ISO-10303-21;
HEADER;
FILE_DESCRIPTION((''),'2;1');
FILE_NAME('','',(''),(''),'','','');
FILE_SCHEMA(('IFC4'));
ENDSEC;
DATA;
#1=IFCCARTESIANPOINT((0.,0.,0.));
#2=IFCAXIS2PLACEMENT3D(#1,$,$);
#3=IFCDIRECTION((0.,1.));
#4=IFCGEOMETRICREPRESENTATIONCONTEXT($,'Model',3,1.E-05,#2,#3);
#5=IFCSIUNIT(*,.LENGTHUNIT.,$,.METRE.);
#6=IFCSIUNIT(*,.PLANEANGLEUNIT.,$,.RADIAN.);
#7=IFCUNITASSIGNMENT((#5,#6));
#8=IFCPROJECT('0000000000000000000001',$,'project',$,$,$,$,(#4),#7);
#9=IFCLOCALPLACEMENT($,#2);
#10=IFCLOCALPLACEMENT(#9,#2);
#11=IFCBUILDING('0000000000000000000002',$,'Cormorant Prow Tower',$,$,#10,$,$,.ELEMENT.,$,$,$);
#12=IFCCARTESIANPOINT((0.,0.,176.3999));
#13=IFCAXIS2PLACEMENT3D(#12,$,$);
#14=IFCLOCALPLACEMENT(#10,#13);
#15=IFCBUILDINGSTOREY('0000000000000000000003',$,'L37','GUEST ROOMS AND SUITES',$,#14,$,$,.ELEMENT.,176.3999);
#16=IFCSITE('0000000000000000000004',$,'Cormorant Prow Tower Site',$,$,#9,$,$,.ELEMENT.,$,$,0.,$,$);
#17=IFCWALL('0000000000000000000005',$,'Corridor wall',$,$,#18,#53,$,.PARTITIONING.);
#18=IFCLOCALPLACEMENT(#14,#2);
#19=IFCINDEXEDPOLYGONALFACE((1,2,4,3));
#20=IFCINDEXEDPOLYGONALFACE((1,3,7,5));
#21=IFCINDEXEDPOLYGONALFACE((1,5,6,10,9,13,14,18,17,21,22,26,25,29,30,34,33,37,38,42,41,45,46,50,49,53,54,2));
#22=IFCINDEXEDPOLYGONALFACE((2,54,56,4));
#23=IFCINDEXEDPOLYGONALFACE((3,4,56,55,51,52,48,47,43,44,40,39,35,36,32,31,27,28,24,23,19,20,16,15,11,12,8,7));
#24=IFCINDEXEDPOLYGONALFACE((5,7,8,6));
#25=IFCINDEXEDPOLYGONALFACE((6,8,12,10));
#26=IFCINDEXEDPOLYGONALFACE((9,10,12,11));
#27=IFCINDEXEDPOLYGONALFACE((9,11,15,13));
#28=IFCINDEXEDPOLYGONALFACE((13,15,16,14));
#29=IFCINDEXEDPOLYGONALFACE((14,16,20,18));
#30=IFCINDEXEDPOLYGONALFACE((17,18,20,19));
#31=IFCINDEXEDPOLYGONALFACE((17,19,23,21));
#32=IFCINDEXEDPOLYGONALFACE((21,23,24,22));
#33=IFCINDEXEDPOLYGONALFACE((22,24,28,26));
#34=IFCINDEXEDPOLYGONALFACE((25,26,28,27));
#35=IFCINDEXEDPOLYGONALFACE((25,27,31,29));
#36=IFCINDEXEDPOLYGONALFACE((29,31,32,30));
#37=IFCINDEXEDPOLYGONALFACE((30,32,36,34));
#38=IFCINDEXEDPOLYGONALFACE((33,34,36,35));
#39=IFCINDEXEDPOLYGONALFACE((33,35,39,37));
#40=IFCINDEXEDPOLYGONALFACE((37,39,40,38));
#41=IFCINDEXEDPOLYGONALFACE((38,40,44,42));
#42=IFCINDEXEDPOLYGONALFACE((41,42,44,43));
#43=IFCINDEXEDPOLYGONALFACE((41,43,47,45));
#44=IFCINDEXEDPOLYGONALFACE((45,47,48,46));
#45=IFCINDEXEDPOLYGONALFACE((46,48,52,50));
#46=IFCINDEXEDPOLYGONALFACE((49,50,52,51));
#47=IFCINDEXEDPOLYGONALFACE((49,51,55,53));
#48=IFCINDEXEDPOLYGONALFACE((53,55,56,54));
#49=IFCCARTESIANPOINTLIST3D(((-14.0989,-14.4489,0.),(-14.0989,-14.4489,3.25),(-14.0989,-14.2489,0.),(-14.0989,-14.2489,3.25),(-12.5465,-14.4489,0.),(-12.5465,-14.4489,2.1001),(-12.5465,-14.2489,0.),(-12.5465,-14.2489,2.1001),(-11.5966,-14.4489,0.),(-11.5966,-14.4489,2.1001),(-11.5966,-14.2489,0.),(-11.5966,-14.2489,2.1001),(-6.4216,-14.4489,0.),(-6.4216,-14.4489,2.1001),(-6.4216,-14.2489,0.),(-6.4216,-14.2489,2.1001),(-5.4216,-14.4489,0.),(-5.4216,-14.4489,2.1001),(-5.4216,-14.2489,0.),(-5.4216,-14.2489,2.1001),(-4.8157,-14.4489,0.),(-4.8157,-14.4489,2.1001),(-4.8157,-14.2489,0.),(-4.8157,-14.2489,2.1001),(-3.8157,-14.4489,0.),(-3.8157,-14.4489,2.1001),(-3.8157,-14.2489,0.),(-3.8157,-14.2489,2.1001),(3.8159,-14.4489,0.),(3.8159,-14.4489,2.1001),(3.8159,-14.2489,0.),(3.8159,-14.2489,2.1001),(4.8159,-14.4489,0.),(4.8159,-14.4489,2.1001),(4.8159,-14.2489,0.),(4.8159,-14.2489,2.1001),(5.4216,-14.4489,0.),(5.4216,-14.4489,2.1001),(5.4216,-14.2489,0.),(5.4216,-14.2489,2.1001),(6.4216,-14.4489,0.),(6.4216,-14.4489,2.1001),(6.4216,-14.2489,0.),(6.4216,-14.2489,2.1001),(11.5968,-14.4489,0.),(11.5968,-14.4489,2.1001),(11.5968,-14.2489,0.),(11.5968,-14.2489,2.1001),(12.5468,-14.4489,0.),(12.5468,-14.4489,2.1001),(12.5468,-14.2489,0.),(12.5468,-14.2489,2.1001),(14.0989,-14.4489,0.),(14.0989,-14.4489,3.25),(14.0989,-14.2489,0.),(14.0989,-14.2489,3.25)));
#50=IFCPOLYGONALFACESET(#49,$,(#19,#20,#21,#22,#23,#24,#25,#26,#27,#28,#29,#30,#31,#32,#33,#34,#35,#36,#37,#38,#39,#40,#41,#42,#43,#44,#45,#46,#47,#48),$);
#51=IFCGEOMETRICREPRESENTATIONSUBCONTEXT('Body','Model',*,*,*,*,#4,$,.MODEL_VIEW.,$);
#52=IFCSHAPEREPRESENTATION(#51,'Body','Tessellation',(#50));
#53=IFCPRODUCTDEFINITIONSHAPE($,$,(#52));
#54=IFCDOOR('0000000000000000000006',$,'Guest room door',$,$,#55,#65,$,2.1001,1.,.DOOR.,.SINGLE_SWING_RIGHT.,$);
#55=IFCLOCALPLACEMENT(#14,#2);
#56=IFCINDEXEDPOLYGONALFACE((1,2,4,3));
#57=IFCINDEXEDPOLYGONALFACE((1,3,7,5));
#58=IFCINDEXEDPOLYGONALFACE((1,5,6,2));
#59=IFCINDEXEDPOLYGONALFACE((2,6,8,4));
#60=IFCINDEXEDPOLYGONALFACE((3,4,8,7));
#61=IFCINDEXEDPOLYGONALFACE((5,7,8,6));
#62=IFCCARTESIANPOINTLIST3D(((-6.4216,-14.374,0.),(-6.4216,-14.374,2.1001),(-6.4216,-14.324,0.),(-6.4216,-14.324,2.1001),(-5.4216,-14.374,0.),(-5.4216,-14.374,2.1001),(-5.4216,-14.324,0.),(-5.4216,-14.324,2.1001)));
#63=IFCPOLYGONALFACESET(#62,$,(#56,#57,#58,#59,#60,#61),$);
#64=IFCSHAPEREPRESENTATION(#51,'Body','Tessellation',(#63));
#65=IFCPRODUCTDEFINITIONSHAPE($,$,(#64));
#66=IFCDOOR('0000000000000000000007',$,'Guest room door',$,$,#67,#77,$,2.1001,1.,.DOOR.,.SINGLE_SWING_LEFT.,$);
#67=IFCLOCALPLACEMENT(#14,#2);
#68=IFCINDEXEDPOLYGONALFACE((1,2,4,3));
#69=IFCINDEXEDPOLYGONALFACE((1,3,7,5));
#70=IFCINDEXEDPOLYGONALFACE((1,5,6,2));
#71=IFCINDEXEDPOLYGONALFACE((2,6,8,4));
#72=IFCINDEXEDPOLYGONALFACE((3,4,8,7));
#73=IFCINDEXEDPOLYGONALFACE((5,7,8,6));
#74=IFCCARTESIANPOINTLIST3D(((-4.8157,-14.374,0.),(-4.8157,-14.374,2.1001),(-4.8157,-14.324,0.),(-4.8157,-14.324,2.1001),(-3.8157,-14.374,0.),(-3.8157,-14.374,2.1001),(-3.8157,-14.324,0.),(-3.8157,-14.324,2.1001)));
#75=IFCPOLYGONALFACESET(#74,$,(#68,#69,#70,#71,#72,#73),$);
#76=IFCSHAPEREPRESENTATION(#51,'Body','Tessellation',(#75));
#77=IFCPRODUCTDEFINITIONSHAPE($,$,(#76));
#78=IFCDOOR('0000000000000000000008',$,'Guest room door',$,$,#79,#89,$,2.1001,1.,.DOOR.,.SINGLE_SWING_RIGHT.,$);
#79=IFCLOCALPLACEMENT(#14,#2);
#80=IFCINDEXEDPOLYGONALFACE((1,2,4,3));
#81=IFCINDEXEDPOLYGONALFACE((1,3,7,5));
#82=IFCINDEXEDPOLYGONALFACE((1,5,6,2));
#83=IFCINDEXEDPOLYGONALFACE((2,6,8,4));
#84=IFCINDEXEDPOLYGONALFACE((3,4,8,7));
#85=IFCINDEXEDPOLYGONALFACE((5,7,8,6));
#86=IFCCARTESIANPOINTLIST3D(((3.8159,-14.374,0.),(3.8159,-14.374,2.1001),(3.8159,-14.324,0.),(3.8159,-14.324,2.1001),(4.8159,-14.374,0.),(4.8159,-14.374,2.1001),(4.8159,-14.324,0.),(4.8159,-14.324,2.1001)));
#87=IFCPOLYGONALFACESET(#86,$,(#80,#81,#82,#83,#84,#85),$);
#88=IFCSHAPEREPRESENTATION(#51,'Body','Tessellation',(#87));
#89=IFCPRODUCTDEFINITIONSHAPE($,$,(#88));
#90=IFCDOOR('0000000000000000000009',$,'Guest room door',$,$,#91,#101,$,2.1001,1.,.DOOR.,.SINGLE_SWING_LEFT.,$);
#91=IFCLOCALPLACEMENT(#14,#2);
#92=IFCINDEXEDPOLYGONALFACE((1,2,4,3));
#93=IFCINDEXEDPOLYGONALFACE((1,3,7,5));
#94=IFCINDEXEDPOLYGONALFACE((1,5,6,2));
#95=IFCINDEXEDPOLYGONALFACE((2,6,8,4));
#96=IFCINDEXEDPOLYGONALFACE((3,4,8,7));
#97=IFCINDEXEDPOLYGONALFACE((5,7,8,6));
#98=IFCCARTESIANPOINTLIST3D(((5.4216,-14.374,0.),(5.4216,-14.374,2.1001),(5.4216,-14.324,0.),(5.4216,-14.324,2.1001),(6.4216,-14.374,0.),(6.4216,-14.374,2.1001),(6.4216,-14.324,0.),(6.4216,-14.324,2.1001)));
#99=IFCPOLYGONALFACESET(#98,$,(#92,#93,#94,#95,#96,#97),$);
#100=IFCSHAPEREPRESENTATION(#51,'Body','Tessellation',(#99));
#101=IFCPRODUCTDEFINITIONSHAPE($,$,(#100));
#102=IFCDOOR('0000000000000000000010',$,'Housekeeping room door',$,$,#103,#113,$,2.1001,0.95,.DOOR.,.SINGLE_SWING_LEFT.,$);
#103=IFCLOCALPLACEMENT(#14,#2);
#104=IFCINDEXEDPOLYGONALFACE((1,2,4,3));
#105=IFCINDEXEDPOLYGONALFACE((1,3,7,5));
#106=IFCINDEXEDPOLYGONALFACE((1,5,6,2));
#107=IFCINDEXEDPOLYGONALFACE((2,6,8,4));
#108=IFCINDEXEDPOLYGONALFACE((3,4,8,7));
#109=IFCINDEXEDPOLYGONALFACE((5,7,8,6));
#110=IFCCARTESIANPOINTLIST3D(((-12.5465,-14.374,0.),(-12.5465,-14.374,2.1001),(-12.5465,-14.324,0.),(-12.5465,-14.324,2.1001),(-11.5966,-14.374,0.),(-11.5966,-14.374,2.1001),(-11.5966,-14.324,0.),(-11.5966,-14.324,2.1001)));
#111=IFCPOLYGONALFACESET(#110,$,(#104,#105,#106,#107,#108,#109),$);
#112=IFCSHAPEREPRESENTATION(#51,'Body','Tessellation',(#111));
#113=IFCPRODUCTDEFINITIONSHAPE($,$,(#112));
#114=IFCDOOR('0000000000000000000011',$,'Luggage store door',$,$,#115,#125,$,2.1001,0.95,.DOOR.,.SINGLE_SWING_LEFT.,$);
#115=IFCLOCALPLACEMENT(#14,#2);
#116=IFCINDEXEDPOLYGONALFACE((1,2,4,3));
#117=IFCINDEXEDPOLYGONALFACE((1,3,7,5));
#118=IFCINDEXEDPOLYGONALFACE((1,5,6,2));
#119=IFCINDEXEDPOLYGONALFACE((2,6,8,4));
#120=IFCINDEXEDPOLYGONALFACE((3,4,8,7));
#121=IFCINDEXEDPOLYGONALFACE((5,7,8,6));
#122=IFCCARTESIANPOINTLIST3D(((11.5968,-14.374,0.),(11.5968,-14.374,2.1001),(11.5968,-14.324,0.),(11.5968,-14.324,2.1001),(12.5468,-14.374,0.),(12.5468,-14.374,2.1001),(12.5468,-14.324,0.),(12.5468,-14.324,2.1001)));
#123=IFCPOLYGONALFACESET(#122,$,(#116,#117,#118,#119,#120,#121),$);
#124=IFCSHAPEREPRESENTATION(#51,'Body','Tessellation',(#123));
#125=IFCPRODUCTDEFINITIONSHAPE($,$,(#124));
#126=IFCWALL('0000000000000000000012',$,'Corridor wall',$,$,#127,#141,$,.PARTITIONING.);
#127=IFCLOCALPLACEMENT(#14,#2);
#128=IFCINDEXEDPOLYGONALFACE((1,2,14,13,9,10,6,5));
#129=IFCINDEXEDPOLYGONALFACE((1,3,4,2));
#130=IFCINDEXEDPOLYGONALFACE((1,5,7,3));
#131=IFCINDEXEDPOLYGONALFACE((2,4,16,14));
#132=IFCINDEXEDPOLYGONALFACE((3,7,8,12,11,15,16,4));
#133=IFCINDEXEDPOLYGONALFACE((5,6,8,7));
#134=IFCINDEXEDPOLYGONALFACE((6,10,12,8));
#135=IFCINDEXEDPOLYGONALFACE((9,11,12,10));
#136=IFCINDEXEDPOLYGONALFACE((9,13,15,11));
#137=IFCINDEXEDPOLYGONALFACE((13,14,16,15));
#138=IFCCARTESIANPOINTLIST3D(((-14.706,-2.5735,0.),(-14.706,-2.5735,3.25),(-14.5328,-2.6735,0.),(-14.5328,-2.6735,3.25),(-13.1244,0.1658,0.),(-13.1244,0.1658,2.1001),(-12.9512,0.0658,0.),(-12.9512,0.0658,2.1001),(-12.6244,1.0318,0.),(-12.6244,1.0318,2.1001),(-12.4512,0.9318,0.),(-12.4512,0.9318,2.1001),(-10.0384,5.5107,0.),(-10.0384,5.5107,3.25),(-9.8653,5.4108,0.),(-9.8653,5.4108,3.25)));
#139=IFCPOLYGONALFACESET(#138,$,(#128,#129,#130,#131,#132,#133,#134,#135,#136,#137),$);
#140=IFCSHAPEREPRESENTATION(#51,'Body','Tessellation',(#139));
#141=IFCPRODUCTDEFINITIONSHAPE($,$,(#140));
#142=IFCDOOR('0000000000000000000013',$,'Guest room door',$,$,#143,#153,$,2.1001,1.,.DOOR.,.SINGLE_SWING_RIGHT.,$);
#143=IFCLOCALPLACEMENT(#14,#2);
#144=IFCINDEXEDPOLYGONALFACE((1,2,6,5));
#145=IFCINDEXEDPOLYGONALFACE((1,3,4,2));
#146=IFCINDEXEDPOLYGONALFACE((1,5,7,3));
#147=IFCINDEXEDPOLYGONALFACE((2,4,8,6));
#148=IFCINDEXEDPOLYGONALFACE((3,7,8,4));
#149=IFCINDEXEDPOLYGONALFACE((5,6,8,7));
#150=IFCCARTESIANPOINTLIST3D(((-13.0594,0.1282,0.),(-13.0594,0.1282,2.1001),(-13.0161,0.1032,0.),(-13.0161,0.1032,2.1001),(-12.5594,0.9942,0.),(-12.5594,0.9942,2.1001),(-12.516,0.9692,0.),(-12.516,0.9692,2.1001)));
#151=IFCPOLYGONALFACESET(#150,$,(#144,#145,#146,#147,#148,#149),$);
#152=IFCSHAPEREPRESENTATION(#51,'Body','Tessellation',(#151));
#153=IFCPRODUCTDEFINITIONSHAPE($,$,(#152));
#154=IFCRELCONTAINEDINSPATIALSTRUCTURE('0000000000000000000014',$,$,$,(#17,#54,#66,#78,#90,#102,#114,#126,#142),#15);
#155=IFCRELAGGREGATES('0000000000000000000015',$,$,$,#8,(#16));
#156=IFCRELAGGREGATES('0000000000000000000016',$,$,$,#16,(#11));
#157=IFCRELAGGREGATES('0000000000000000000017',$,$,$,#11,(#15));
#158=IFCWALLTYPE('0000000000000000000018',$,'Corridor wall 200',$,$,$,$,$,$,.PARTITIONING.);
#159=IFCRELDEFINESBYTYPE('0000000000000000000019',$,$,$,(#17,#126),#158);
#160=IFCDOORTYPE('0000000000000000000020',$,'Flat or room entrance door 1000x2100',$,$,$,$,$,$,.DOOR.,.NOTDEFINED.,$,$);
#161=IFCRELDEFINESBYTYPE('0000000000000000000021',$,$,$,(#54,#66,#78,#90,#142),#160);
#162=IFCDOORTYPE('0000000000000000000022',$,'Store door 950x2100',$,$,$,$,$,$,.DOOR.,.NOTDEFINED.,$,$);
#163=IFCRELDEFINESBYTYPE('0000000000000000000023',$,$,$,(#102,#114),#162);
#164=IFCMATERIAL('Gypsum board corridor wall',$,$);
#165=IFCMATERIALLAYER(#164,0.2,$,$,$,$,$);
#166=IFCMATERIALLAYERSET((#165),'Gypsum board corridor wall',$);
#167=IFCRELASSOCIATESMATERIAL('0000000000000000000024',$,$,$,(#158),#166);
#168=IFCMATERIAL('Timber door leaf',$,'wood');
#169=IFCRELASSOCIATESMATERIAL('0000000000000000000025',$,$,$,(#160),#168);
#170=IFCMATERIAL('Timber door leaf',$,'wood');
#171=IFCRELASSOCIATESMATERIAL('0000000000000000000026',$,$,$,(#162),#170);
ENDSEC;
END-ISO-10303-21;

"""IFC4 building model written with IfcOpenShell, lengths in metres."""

from ifc_helpers import new_model, si_unit, direction, frame, frame_2d, origin, place, context, subcontext, project, spatial, rectangle, extrude, material, layer, layer_set, type_object, element, fill, save


model = new_model("IFC4")

# Units and contexts
model_context = context("Model", 3, precision=1e-05, world=origin(), true_north=direction((0.0, 1.0)))
body_context = subcontext(model_context, "Body", "Model", "MODEL_VIEW")
ifc_project = project(units=[si_unit("LENGTHUNIT", "METRE"), si_unit("PLANEANGLEUNIT", "RADIAN")], contexts=[model_context])

# Site, building, storey
site_placement = place(None, origin())
site = spatial("IfcSite", under=ifc_project, at=site_placement, Name="Cormorant Prow Tower Site", CompositionType="ELEMENT", RefElevation=0.0)
building_placement = place(site_placement, origin())
building = spatial("IfcBuilding", under=site, at=building_placement, Name="Cormorant Prow Tower", CompositionType="ELEMENT")
storey_placement = place(building_placement, frame((0.0, 0.0, 176.3999)))
storey = spatial("IfcBuildingStorey", under=building, at=storey_placement, Name="L37", Description="GUEST ROOMS AND SUITES", CompositionType="ELEMENT", Elevation=176.3999)

# Wall, openings, doors
ifc_material_1 = material(Name="Gypsum board corridor wall")
ifc_layer_1 = layer(ifc_material_1, 0.2)
ifc_layer_set_1 = layer_set([ifc_layer_1], Name="Gypsum board corridor wall")
wall_type_1 = type_object("IfcWallType", Name="Corridor wall 200", PredefinedType="PARTITIONING", material=ifc_layer_set_1)
wall_1_placement = place(storey_placement, frame((-14.0989, -14.3489, 0.0), z_axis=(0.0, 0.0, 1.0), x_axis=(1.0, 0.0, 0.0)))
wall_1 = element("IfcWall", 1, at=wall_1_placement, inside=storey, type_object=wall_type_1, Name="Corridor wall", PredefinedType="PARTITIONING", context=body_context, shape_type="SweptSolid", body=[
    extrude(rectangle(XDim=28.1978, YDim=0.2, at=frame_2d((14.0989, 0.0))), origin(), (0.0, 0.0, 1.0), 3.25),
])
opening_1_placement = place(wall_1_placement, frame((1.5522, 0.0, 0.0)))
opening_1 = element("IfcOpeningElement", 2, at=opening_1_placement, cuts=wall_1, PredefinedType="OPENING", context=body_context, shape_type="SweptSolid", body=[
    extrude(rectangle(XDim=0.95, YDim=2.1001, at=frame_2d((0.4751, 1.05))), frame((0.0, 0.1099, 0.0), z_axis=(0.0, -1.0, 0.0), x_axis=(1.0, 0.0, 0.0)), (0.0, 0.0, 1.0), 0.22),
])
opening_2_placement = place(wall_1_placement, frame((7.6772, 0.0, 0.0)))
opening_2 = element("IfcOpeningElement", 3, at=opening_2_placement, cuts=wall_1, PredefinedType="OPENING", context=body_context, shape_type="SweptSolid", body=[
    extrude(rectangle(XDim=1.0, YDim=2.1001, at=frame_2d((0.5, 1.05))), frame((0.0, 0.1099, 0.0), z_axis=(0.0, -1.0, 0.0), x_axis=(1.0, 0.0, 0.0)), (0.0, 0.0, 1.0), 0.22),
])
opening_3_placement = place(wall_1_placement, frame((9.2832, 0.0, 0.0)))
opening_3 = element("IfcOpeningElement", 4, at=opening_3_placement, cuts=wall_1, PredefinedType="OPENING", context=body_context, shape_type="SweptSolid", body=[
    extrude(rectangle(XDim=1.0, YDim=2.1001, at=frame_2d((0.5, 1.05))), frame((0.0, 0.1099, 0.0), z_axis=(0.0, -1.0, 0.0), x_axis=(1.0, 0.0, 0.0)), (0.0, 0.0, 1.0), 0.22),
])
opening_4_placement = place(wall_1_placement, frame((17.9148, 0.0, 0.0)))
opening_4 = element("IfcOpeningElement", 5, at=opening_4_placement, cuts=wall_1, PredefinedType="OPENING", context=body_context, shape_type="SweptSolid", body=[
    extrude(rectangle(XDim=1.0, YDim=2.1001, at=frame_2d((0.5, 1.05))), frame((0.0, 0.1099, 0.0), z_axis=(0.0, -1.0, 0.0), x_axis=(1.0, 0.0, 0.0)), (0.0, 0.0, 1.0), 0.22),
])
opening_5_placement = place(wall_1_placement, frame((19.5205, 0.0, 0.0)))
opening_5 = element("IfcOpeningElement", 6, at=opening_5_placement, cuts=wall_1, PredefinedType="OPENING", context=body_context, shape_type="SweptSolid", body=[
    extrude(rectangle(XDim=1.0, YDim=2.1001, at=frame_2d((0.5, 1.05))), frame((0.0, 0.1099, 0.0), z_axis=(0.0, -1.0, 0.0), x_axis=(1.0, 0.0, 0.0)), (0.0, 0.0, 1.0), 0.22),
])
opening_6_placement = place(wall_1_placement, frame((25.6956, 0.0, 0.0)))
opening_6 = element("IfcOpeningElement", 7, at=opening_6_placement, cuts=wall_1, PredefinedType="OPENING", context=body_context, shape_type="SweptSolid", body=[
    extrude(rectangle(XDim=0.95, YDim=2.1001, at=frame_2d((0.4751, 1.05))), frame((0.0, 0.1099, 0.0), z_axis=(0.0, -1.0, 0.0), x_axis=(1.0, 0.0, 0.0)), (0.0, 0.0, 1.0), 0.22),
])
ifc_material_2 = material(Name="Timber door leaf", Category="wood")
door_type_1 = type_object("IfcDoorType", Name="Flat or room entrance door 1000x2100", OperationType="NOTDEFINED", PredefinedType="DOOR", material=ifc_material_2)
door_1_placement = place(opening_2_placement, origin())
door_1 = element("IfcDoor", 8, at=door_1_placement, inside=storey, type_object=door_type_1, Name="Guest room door", OperationType="SINGLE_SWING_RIGHT", OverallHeight=2.1001, OverallWidth=1.0, PredefinedType="DOOR", context=body_context, shape_type="SweptSolid", body=[
    extrude(rectangle(XDim=1.0, YDim=2.1001, at=frame_2d((0.5, 1.05))), frame((0.0, 0.0249, 0.0), z_axis=(0.0, -1.0, 0.0), x_axis=(1.0, 0.0, 0.0)), (0.0, 0.0, 1.0), 0.05),
])
fill(opening_2, door_1)
door_2_placement = place(opening_3_placement, origin())
door_2 = element("IfcDoor", 9, at=door_2_placement, inside=storey, type_object=door_type_1, Name="Guest room door", OperationType="SINGLE_SWING_LEFT", OverallHeight=2.1001, OverallWidth=1.0, PredefinedType="DOOR", context=body_context, shape_type="SweptSolid", body=[
    extrude(rectangle(XDim=1.0, YDim=2.1001, at=frame_2d((0.5, 1.05))), frame((0.0, 0.0249, 0.0), z_axis=(0.0, -1.0, 0.0), x_axis=(1.0, 0.0, 0.0)), (0.0, 0.0, 1.0), 0.05),
])
fill(opening_3, door_2)
door_3_placement = place(opening_4_placement, origin())
door_3 = element("IfcDoor", 10, at=door_3_placement, inside=storey, type_object=door_type_1, Name="Guest room door", OperationType="SINGLE_SWING_RIGHT", OverallHeight=2.1001, OverallWidth=1.0, PredefinedType="DOOR", context=body_context, shape_type="SweptSolid", body=[
    extrude(rectangle(XDim=1.0, YDim=2.1001, at=frame_2d((0.5, 1.05))), frame((0.0, 0.0249, 0.0), z_axis=(0.0, -1.0, 0.0), x_axis=(1.0, 0.0, 0.0)), (0.0, 0.0, 1.0), 0.05),
])
fill(opening_4, door_3)
door_4_placement = place(opening_5_placement, origin())
door_4 = element("IfcDoor", 11, at=door_4_placement, inside=storey, type_object=door_type_1, Name="Guest room door", OperationType="SINGLE_SWING_LEFT", OverallHeight=2.1001, OverallWidth=1.0, PredefinedType="DOOR", context=body_context, shape_type="SweptSolid", body=[
    extrude(rectangle(XDim=1.0, YDim=2.1001, at=frame_2d((0.5, 1.05))), frame((0.0, 0.0249, 0.0), z_axis=(0.0, -1.0, 0.0), x_axis=(1.0, 0.0, 0.0)), (0.0, 0.0, 1.0), 0.05),
])
fill(opening_5, door_4)
ifc_material_3 = material(Name="Timber door leaf", Category="wood")
door_type_2 = type_object("IfcDoorType", Name="Store door 950x2100", OperationType="NOTDEFINED", PredefinedType="DOOR", material=ifc_material_3)
door_5_placement = place(opening_1_placement, origin())
door_5 = element("IfcDoor", 12, at=door_5_placement, inside=storey, type_object=door_type_2, Name="Housekeeping room door", OperationType="SINGLE_SWING_LEFT", OverallHeight=2.1001, OverallWidth=0.95, PredefinedType="DOOR", context=body_context, shape_type="SweptSolid", body=[
    extrude(rectangle(XDim=0.95, YDim=2.1001, at=frame_2d((0.4751, 1.05))), frame((0.0, 0.0249, 0.0), z_axis=(0.0, -1.0, 0.0), x_axis=(1.0, 0.0, 0.0)), (0.0, 0.0, 1.0), 0.05),
])
fill(opening_1, door_5)
door_6_placement = place(opening_6_placement, origin())
door_6 = element("IfcDoor", 13, at=door_6_placement, inside=storey, type_object=door_type_2, Name="Luggage store door", OperationType="SINGLE_SWING_LEFT", OverallHeight=2.1001, OverallWidth=0.95, PredefinedType="DOOR", context=body_context, shape_type="SweptSolid", body=[
    extrude(rectangle(XDim=0.95, YDim=2.1001, at=frame_2d((0.4751, 1.05))), frame((0.0, 0.0249, 0.0), z_axis=(0.0, -1.0, 0.0), x_axis=(1.0, 0.0, 0.0)), (0.0, 0.0, 1.0), 0.05),
])
fill(opening_6, door_6)

# Wall, opening, door
wall_2_placement = place(storey_placement, frame((-14.6194, -2.6235, 0.0), z_axis=(0.0, 0.0, 1.0), x_axis=(0.500004, 0.866023, 0.0)))
wall_2 = element("IfcWall", 14, at=wall_2_placement, inside=storey, type_object=wall_type_1, Name="Corridor wall", PredefinedType="PARTITIONING", context=body_context, shape_type="SweptSolid", body=[
    extrude(rectangle(XDim=9.335, YDim=0.2, at=frame_2d((4.6675, 0.0))), origin(), (0.0, 0.0, 1.0), 3.25),
])
opening_7_placement = place(wall_2_placement, frame((3.1631, 0.0, 0.0)))
opening_7 = element("IfcOpeningElement", 15, at=opening_7_placement, cuts=wall_2, PredefinedType="OPENING", context=body_context, shape_type="SweptSolid", body=[
    extrude(rectangle(XDim=1.0, YDim=2.1001, at=frame_2d((0.5, 1.05))), frame((0.0, 0.1099, 0.0), z_axis=(0.0, -1.0, 0.0), x_axis=(1.0, 0.0, 0.0)), (0.0, 0.0, 1.0), 0.22),
])
door_7_placement = place(opening_7_placement, origin())
door_7 = element("IfcDoor", 16, at=door_7_placement, inside=storey, type_object=door_type_1, Name="Guest room door", OperationType="SINGLE_SWING_RIGHT", OverallHeight=2.1001, OverallWidth=1.0, PredefinedType="DOOR", context=body_context, shape_type="SweptSolid", body=[
    extrude(rectangle(XDim=1.0, YDim=2.1001, at=frame_2d((0.5, 1.05))), frame((0.0, 0.0249, 0.0), z_axis=(0.0, -1.0, 0.0), x_axis=(1.0, 0.0, 0.0)), (0.0, 0.0, 1.0), 0.05),
])
fill(opening_7, door_7)

save(model, "model.ifc")
